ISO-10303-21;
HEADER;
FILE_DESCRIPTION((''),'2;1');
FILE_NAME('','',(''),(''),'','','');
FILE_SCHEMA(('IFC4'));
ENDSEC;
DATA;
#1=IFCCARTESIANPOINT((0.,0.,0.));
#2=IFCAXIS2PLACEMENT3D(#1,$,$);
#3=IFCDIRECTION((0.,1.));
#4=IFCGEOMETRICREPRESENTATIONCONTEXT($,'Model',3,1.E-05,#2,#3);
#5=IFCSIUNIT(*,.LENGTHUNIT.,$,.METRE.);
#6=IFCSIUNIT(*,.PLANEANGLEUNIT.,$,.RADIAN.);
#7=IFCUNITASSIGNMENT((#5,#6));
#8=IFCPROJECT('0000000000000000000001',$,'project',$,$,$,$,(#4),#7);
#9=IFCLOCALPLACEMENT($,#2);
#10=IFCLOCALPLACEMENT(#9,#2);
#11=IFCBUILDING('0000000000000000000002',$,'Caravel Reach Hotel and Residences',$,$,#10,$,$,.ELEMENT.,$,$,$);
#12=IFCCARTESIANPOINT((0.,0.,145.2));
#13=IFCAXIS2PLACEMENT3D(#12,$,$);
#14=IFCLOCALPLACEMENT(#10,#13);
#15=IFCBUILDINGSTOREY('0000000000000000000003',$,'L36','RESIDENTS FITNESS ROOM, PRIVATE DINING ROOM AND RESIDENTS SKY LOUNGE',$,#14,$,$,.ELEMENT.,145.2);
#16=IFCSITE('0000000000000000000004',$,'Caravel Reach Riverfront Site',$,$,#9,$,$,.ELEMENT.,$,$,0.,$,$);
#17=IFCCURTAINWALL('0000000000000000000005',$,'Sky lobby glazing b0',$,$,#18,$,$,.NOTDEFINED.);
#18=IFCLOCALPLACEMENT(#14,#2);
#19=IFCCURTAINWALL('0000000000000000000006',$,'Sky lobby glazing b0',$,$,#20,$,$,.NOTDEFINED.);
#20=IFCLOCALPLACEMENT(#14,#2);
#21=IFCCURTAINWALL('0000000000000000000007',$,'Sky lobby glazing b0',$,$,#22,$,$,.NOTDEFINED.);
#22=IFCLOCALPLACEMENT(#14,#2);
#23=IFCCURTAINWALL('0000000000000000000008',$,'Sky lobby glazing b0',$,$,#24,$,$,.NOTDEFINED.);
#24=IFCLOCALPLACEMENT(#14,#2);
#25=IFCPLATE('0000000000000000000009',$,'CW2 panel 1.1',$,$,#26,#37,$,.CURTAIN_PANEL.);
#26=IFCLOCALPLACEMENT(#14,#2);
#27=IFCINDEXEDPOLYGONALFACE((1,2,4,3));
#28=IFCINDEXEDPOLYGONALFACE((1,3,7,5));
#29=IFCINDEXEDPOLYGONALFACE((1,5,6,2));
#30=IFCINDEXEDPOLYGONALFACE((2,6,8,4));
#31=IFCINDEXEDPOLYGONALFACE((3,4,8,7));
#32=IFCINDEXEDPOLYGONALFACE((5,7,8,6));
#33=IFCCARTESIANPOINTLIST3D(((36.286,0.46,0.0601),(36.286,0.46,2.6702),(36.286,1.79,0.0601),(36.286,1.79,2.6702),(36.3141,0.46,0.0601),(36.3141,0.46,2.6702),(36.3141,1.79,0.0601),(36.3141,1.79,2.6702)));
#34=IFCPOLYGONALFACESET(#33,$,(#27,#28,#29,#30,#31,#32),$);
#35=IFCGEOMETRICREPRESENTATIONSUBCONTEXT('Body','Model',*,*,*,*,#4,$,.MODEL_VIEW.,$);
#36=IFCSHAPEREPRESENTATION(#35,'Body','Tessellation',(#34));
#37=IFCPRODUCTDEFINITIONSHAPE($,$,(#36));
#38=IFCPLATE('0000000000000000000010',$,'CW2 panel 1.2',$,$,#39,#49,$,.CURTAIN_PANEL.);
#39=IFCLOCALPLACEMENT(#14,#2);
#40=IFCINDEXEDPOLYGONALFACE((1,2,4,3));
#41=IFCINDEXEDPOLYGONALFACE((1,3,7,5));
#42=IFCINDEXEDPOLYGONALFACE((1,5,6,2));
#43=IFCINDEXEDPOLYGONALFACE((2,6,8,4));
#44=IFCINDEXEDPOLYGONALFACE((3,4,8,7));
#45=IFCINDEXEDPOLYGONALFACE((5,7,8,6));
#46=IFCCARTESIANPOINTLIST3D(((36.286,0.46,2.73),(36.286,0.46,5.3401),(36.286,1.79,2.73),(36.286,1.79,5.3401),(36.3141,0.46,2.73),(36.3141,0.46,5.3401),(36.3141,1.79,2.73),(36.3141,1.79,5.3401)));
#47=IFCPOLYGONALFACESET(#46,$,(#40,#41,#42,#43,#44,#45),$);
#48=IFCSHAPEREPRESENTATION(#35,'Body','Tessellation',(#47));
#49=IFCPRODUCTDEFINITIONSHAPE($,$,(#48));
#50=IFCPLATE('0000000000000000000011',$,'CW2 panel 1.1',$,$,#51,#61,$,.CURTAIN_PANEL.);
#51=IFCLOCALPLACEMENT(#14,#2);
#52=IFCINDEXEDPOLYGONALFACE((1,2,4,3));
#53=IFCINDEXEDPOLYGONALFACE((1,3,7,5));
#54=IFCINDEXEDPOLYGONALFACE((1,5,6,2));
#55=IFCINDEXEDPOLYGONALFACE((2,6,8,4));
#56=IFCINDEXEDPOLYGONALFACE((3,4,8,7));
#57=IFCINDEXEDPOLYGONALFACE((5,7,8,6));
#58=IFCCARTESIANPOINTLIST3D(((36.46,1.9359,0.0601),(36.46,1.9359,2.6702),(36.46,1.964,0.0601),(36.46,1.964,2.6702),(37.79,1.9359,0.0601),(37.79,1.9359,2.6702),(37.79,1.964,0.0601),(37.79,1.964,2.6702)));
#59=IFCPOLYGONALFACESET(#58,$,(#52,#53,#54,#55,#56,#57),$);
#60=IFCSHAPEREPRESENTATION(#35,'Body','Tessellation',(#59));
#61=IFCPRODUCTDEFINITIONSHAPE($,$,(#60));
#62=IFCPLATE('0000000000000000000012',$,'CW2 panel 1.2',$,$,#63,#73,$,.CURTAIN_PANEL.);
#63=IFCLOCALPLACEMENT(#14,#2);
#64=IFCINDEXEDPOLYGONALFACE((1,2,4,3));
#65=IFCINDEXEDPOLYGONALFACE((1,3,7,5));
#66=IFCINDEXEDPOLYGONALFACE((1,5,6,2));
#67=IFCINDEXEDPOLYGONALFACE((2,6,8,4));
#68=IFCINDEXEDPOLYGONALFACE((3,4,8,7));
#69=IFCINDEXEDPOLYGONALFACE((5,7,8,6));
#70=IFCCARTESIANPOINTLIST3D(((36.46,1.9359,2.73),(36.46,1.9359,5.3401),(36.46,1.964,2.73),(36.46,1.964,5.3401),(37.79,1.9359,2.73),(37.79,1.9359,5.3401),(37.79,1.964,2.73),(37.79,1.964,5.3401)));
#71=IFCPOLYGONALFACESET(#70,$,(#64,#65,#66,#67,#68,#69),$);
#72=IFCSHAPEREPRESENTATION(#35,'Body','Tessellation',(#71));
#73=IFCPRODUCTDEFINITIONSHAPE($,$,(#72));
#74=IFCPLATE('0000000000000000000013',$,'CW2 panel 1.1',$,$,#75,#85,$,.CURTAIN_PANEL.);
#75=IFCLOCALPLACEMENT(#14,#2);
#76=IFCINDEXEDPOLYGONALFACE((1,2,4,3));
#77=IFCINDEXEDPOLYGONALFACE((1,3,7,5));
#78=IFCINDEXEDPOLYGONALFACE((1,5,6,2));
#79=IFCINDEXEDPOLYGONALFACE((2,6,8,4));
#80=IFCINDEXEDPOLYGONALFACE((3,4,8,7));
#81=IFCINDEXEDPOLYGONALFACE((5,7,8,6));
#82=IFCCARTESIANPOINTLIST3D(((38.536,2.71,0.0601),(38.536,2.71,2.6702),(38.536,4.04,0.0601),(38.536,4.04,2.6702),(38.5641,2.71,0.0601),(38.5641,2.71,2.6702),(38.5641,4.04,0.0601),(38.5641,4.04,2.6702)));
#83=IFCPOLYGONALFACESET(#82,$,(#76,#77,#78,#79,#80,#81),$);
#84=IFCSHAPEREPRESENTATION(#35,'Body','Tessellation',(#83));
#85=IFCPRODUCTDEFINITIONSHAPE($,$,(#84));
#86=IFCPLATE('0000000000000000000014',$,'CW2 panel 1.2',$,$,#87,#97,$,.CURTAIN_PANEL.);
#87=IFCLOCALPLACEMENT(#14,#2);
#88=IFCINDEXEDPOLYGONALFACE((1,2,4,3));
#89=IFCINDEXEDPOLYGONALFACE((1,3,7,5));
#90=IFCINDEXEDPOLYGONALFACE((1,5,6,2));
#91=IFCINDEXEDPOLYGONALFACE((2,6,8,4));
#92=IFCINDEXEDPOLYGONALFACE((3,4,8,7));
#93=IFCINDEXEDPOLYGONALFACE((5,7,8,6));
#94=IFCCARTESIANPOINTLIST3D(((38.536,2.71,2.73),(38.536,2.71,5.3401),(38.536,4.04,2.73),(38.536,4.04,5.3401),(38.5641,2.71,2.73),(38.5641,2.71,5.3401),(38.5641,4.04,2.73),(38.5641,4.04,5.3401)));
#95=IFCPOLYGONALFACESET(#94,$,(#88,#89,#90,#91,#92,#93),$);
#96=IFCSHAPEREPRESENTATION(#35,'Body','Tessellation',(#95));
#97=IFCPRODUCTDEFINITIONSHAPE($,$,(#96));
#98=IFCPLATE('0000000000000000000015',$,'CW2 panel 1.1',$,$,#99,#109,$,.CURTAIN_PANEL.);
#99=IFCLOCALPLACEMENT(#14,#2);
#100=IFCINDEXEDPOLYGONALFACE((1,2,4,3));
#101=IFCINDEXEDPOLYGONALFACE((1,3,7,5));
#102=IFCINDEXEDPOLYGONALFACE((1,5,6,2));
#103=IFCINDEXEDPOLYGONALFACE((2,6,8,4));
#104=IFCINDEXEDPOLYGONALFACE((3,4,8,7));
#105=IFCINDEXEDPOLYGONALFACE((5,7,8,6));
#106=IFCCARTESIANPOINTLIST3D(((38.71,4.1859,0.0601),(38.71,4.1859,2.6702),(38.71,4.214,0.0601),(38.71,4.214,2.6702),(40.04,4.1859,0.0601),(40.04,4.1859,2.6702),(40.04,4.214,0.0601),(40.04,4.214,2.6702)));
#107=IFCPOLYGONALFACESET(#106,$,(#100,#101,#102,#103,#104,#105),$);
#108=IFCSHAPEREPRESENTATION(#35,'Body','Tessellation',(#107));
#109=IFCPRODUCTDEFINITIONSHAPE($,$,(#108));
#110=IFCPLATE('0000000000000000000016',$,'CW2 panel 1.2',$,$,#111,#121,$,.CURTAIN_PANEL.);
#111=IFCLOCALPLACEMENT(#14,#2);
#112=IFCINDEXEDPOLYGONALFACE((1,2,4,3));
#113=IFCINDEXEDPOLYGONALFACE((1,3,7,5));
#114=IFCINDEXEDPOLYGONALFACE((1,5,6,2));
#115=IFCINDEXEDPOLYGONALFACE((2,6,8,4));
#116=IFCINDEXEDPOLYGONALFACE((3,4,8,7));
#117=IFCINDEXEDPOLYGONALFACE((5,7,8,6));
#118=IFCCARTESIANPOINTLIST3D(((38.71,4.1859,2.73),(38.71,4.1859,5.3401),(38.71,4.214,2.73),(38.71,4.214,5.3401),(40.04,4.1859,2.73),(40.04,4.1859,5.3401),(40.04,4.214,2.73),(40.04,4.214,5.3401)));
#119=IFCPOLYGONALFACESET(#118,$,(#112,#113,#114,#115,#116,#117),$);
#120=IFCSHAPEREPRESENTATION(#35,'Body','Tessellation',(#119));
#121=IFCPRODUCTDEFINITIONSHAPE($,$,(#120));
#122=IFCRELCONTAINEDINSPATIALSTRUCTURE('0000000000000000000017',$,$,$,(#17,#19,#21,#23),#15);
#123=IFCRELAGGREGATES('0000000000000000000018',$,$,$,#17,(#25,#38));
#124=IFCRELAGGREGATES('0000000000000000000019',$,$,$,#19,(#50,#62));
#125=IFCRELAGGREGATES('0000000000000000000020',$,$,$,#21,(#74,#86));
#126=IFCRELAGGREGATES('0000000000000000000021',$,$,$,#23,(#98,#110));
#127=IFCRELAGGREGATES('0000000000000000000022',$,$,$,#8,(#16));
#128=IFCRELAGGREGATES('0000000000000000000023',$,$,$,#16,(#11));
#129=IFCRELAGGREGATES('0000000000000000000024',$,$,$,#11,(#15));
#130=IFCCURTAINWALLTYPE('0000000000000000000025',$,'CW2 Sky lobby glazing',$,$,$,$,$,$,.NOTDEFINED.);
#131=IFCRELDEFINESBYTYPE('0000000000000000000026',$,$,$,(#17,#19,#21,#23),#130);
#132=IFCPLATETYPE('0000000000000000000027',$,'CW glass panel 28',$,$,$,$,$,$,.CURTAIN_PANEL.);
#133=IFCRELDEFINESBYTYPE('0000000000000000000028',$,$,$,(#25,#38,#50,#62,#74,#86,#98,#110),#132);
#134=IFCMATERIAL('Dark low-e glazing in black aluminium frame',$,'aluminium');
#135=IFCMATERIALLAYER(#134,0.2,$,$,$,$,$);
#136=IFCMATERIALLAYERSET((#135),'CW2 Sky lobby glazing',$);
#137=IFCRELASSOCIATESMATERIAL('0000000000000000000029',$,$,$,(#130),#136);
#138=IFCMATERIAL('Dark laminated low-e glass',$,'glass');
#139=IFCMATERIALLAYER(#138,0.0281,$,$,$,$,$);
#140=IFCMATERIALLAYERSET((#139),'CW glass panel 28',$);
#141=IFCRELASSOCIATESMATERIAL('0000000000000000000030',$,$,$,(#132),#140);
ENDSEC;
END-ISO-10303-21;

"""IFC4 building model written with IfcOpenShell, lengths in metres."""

from ifc_helpers import new_model, si_unit, direction, frame, origin, origin_2d, place, context, subcontext, project, spatial, rectangle, extrude, material, layer, layer_set, type_object, element, aggregate, save


model = new_model("IFC4")

# Units and contexts
model_context = context("Model", 3, precision=1e-05, world=origin(), true_north=direction((0.0, 1.0)))
body_context = subcontext(model_context, "Body", "Model", "MODEL_VIEW")
ifc_project = project(units=[si_unit("LENGTHUNIT", "METRE"), si_unit("PLANEANGLEUNIT", "RADIAN")], contexts=[model_context])

# Site, building, storey
site_placement = place(None, origin())
site = spatial("IfcSite", under=ifc_project, at=site_placement, Name="Caravel Reach Riverfront Site", CompositionType="ELEMENT", RefElevation=0.0)
building_placement = place(site_placement, origin())
building = spatial("IfcBuilding", under=site, at=building_placement, Name="Caravel Reach Hotel and Residences", CompositionType="ELEMENT")
storey_placement = place(building_placement, frame((0.0, 0.0, 145.2)))
storey = spatial("IfcBuildingStorey", under=building, at=storey_placement, Name="L36", Description="RESIDENTS FITNESS ROOM, PRIVATE DINING ROOM AND RESIDENTS SKY LOUNGE", CompositionType="ELEMENT", Elevation=145.2)

# Curtain walls
ifc_material_1 = material(Name="Dark low-e glazing in black aluminium frame", Category="aluminium")
ifc_layer_1 = layer(ifc_material_1, 0.2)
ifc_layer_set_1 = layer_set([ifc_layer_1], Name="CW2 Sky lobby glazing")
curtain_wall_type = type_object("IfcCurtainWallType", Name="CW2 Sky lobby glazing", PredefinedType="NOTDEFINED", material=ifc_layer_set_1)
curtain_wall_1_placement = place(storey_placement, origin())
curtain_wall_1 = element("IfcCurtainWall", 1, at=curtain_wall_1_placement, inside=storey, type_object=curtain_wall_type, Name="Sky lobby glazing b0", PredefinedType="NOTDEFINED")
curtain_wall_2_placement = place(storey_placement, origin())
curtain_wall_2 = element("IfcCurtainWall", 2, at=curtain_wall_2_placement, inside=storey, type_object=curtain_wall_type, Name="Sky lobby glazing b0", PredefinedType="NOTDEFINED")
curtain_wall_3_placement = place(storey_placement, origin())
curtain_wall_3 = element("IfcCurtainWall", 3, at=curtain_wall_3_placement, inside=storey, type_object=curtain_wall_type, Name="Sky lobby glazing b0", PredefinedType="NOTDEFINED")

# Curtain wall
curtain_wall_4_placement = place(storey_placement, origin())
curtain_wall_4 = element("IfcCurtainWall", 4, at=curtain_wall_4_placement, inside=storey, type_object=curtain_wall_type, Name="Sky lobby glazing b0", PredefinedType="NOTDEFINED")

# Plates
ifc_material_2 = material(Name="Dark laminated low-e glass", Category="glass")
ifc_layer_2 = layer(ifc_material_2, 0.0281)
ifc_layer_set_2 = layer_set([ifc_layer_2], Name="CW glass panel 28")
plate_type = type_object("IfcPlateType", Name="CW glass panel 28", PredefinedType="CURTAIN_PANEL", material=ifc_layer_set_2)
plate_1_placement = place(storey_placement, frame((36.3, 1.125, 0.0601), z_axis=(0.0, 0.0, 1.0), x_axis=(0.0, 1.0, 0.0)))
plate_1 = element("IfcPlate", 5, at=plate_1_placement, type_object=plate_type, Name="CW2 panel 1.1", PredefinedType="CURTAIN_PANEL", context=body_context, shape_type="SweptSolid", body=[
    extrude(rectangle(XDim=1.3301, YDim=0.0281, at=origin_2d()), origin(), (0.0, 0.0, 1.0), 2.6101),
])
plate_2_placement = place(storey_placement, frame((36.3, 1.125, 2.73), z_axis=(0.0, 0.0, 1.0), x_axis=(0.0, 1.0, 0.0)))
plate_2 = element("IfcPlate", 6, at=plate_2_placement, type_object=plate_type, Name="CW2 panel 1.2", PredefinedType="CURTAIN_PANEL", context=body_context, shape_type="SweptSolid", body=[
    extrude(rectangle(XDim=1.3301, YDim=0.0281, at=origin_2d()), origin(), (0.0, 0.0, 1.0), 2.6101),
])
aggregate(curtain_wall_1, [plate_1, plate_2])
plate_3_placement = place(storey_placement, frame((37.125, 1.95, 0.0601), z_axis=(0.0, 0.0, 1.0), x_axis=(1.0, 0.0, 0.0)))
plate_3 = element("IfcPlate", 7, at=plate_3_placement, type_object=plate_type, Name="CW2 panel 1.1", PredefinedType="CURTAIN_PANEL", context=body_context, shape_type="SweptSolid", body=[
    extrude(rectangle(XDim=1.3301, YDim=0.0281, at=origin_2d()), origin(), (0.0, 0.0, 1.0), 2.6101),
])
plate_4_placement = place(storey_placement, frame((37.125, 1.95, 2.73), z_axis=(0.0, 0.0, 1.0), x_axis=(1.0, 0.0, 0.0)))
plate_4 = element("IfcPlate", 8, at=plate_4_placement, type_object=plate_type, Name="CW2 panel 1.2", PredefinedType="CURTAIN_PANEL", context=body_context, shape_type="SweptSolid", body=[
    extrude(rectangle(XDim=1.3301, YDim=0.0281, at=origin_2d()), origin(), (0.0, 0.0, 1.0), 2.6101),
])
aggregate(curtain_wall_2, [plate_3, plate_4])
plate_5_placement = place(storey_placement, frame((38.55, 3.375, 0.0601), z_axis=(0.0, 0.0, 1.0), x_axis=(0.0, 1.0, 0.0)))
plate_5 = element("IfcPlate", 9, at=plate_5_placement, type_object=plate_type, Name="CW2 panel 1.1", PredefinedType="CURTAIN_PANEL", context=body_context, shape_type="SweptSolid", body=[
    extrude(rectangle(XDim=1.3301, YDim=0.0281, at=origin_2d()), origin(), (0.0, 0.0, 1.0), 2.6101),
])
plate_6_placement = place(storey_placement, frame((38.55, 3.375, 2.73), z_axis=(0.0, 0.0, 1.0), x_axis=(0.0, 1.0, 0.0)))
plate_6 = element("IfcPlate", 10, at=plate_6_placement, type_object=plate_type, Name="CW2 panel 1.2", PredefinedType="CURTAIN_PANEL", context=body_context, shape_type="SweptSolid", body=[
    extrude(rectangle(XDim=1.3301, YDim=0.0281, at=origin_2d()), origin(), (0.0, 0.0, 1.0), 2.6101),
])
aggregate(curtain_wall_3, [plate_5, plate_6])
plate_7_placement = place(storey_placement, frame((39.375, 4.2, 0.0601), z_axis=(0.0, 0.0, 1.0), x_axis=(1.0, 0.0, 0.0)))
plate_7 = element("IfcPlate", 11, at=plate_7_placement, type_object=plate_type, Name="CW2 panel 1.1", PredefinedType="CURTAIN_PANEL", context=body_context, shape_type="SweptSolid", body=[
    extrude(rectangle(XDim=1.3301, YDim=0.0281, at=origin_2d()), origin(), (0.0, 0.0, 1.0), 2.6101),
])
plate_8_placement = place(storey_placement, frame((39.375, 4.2, 2.73), z_axis=(0.0, 0.0, 1.0), x_axis=(1.0, 0.0, 0.0)))
plate_8 = element("IfcPlate", 12, at=plate_8_placement, type_object=plate_type, Name="CW2 panel 1.2", PredefinedType="CURTAIN_PANEL", context=body_context, shape_type="SweptSolid", body=[
    extrude(rectangle(XDim=1.3301, YDim=0.0281, at=origin_2d()), origin(), (0.0, 0.0, 1.0), 2.6101),
])
aggregate(curtain_wall_4, [plate_7, plate_8])

save(model, "model.ifc")
